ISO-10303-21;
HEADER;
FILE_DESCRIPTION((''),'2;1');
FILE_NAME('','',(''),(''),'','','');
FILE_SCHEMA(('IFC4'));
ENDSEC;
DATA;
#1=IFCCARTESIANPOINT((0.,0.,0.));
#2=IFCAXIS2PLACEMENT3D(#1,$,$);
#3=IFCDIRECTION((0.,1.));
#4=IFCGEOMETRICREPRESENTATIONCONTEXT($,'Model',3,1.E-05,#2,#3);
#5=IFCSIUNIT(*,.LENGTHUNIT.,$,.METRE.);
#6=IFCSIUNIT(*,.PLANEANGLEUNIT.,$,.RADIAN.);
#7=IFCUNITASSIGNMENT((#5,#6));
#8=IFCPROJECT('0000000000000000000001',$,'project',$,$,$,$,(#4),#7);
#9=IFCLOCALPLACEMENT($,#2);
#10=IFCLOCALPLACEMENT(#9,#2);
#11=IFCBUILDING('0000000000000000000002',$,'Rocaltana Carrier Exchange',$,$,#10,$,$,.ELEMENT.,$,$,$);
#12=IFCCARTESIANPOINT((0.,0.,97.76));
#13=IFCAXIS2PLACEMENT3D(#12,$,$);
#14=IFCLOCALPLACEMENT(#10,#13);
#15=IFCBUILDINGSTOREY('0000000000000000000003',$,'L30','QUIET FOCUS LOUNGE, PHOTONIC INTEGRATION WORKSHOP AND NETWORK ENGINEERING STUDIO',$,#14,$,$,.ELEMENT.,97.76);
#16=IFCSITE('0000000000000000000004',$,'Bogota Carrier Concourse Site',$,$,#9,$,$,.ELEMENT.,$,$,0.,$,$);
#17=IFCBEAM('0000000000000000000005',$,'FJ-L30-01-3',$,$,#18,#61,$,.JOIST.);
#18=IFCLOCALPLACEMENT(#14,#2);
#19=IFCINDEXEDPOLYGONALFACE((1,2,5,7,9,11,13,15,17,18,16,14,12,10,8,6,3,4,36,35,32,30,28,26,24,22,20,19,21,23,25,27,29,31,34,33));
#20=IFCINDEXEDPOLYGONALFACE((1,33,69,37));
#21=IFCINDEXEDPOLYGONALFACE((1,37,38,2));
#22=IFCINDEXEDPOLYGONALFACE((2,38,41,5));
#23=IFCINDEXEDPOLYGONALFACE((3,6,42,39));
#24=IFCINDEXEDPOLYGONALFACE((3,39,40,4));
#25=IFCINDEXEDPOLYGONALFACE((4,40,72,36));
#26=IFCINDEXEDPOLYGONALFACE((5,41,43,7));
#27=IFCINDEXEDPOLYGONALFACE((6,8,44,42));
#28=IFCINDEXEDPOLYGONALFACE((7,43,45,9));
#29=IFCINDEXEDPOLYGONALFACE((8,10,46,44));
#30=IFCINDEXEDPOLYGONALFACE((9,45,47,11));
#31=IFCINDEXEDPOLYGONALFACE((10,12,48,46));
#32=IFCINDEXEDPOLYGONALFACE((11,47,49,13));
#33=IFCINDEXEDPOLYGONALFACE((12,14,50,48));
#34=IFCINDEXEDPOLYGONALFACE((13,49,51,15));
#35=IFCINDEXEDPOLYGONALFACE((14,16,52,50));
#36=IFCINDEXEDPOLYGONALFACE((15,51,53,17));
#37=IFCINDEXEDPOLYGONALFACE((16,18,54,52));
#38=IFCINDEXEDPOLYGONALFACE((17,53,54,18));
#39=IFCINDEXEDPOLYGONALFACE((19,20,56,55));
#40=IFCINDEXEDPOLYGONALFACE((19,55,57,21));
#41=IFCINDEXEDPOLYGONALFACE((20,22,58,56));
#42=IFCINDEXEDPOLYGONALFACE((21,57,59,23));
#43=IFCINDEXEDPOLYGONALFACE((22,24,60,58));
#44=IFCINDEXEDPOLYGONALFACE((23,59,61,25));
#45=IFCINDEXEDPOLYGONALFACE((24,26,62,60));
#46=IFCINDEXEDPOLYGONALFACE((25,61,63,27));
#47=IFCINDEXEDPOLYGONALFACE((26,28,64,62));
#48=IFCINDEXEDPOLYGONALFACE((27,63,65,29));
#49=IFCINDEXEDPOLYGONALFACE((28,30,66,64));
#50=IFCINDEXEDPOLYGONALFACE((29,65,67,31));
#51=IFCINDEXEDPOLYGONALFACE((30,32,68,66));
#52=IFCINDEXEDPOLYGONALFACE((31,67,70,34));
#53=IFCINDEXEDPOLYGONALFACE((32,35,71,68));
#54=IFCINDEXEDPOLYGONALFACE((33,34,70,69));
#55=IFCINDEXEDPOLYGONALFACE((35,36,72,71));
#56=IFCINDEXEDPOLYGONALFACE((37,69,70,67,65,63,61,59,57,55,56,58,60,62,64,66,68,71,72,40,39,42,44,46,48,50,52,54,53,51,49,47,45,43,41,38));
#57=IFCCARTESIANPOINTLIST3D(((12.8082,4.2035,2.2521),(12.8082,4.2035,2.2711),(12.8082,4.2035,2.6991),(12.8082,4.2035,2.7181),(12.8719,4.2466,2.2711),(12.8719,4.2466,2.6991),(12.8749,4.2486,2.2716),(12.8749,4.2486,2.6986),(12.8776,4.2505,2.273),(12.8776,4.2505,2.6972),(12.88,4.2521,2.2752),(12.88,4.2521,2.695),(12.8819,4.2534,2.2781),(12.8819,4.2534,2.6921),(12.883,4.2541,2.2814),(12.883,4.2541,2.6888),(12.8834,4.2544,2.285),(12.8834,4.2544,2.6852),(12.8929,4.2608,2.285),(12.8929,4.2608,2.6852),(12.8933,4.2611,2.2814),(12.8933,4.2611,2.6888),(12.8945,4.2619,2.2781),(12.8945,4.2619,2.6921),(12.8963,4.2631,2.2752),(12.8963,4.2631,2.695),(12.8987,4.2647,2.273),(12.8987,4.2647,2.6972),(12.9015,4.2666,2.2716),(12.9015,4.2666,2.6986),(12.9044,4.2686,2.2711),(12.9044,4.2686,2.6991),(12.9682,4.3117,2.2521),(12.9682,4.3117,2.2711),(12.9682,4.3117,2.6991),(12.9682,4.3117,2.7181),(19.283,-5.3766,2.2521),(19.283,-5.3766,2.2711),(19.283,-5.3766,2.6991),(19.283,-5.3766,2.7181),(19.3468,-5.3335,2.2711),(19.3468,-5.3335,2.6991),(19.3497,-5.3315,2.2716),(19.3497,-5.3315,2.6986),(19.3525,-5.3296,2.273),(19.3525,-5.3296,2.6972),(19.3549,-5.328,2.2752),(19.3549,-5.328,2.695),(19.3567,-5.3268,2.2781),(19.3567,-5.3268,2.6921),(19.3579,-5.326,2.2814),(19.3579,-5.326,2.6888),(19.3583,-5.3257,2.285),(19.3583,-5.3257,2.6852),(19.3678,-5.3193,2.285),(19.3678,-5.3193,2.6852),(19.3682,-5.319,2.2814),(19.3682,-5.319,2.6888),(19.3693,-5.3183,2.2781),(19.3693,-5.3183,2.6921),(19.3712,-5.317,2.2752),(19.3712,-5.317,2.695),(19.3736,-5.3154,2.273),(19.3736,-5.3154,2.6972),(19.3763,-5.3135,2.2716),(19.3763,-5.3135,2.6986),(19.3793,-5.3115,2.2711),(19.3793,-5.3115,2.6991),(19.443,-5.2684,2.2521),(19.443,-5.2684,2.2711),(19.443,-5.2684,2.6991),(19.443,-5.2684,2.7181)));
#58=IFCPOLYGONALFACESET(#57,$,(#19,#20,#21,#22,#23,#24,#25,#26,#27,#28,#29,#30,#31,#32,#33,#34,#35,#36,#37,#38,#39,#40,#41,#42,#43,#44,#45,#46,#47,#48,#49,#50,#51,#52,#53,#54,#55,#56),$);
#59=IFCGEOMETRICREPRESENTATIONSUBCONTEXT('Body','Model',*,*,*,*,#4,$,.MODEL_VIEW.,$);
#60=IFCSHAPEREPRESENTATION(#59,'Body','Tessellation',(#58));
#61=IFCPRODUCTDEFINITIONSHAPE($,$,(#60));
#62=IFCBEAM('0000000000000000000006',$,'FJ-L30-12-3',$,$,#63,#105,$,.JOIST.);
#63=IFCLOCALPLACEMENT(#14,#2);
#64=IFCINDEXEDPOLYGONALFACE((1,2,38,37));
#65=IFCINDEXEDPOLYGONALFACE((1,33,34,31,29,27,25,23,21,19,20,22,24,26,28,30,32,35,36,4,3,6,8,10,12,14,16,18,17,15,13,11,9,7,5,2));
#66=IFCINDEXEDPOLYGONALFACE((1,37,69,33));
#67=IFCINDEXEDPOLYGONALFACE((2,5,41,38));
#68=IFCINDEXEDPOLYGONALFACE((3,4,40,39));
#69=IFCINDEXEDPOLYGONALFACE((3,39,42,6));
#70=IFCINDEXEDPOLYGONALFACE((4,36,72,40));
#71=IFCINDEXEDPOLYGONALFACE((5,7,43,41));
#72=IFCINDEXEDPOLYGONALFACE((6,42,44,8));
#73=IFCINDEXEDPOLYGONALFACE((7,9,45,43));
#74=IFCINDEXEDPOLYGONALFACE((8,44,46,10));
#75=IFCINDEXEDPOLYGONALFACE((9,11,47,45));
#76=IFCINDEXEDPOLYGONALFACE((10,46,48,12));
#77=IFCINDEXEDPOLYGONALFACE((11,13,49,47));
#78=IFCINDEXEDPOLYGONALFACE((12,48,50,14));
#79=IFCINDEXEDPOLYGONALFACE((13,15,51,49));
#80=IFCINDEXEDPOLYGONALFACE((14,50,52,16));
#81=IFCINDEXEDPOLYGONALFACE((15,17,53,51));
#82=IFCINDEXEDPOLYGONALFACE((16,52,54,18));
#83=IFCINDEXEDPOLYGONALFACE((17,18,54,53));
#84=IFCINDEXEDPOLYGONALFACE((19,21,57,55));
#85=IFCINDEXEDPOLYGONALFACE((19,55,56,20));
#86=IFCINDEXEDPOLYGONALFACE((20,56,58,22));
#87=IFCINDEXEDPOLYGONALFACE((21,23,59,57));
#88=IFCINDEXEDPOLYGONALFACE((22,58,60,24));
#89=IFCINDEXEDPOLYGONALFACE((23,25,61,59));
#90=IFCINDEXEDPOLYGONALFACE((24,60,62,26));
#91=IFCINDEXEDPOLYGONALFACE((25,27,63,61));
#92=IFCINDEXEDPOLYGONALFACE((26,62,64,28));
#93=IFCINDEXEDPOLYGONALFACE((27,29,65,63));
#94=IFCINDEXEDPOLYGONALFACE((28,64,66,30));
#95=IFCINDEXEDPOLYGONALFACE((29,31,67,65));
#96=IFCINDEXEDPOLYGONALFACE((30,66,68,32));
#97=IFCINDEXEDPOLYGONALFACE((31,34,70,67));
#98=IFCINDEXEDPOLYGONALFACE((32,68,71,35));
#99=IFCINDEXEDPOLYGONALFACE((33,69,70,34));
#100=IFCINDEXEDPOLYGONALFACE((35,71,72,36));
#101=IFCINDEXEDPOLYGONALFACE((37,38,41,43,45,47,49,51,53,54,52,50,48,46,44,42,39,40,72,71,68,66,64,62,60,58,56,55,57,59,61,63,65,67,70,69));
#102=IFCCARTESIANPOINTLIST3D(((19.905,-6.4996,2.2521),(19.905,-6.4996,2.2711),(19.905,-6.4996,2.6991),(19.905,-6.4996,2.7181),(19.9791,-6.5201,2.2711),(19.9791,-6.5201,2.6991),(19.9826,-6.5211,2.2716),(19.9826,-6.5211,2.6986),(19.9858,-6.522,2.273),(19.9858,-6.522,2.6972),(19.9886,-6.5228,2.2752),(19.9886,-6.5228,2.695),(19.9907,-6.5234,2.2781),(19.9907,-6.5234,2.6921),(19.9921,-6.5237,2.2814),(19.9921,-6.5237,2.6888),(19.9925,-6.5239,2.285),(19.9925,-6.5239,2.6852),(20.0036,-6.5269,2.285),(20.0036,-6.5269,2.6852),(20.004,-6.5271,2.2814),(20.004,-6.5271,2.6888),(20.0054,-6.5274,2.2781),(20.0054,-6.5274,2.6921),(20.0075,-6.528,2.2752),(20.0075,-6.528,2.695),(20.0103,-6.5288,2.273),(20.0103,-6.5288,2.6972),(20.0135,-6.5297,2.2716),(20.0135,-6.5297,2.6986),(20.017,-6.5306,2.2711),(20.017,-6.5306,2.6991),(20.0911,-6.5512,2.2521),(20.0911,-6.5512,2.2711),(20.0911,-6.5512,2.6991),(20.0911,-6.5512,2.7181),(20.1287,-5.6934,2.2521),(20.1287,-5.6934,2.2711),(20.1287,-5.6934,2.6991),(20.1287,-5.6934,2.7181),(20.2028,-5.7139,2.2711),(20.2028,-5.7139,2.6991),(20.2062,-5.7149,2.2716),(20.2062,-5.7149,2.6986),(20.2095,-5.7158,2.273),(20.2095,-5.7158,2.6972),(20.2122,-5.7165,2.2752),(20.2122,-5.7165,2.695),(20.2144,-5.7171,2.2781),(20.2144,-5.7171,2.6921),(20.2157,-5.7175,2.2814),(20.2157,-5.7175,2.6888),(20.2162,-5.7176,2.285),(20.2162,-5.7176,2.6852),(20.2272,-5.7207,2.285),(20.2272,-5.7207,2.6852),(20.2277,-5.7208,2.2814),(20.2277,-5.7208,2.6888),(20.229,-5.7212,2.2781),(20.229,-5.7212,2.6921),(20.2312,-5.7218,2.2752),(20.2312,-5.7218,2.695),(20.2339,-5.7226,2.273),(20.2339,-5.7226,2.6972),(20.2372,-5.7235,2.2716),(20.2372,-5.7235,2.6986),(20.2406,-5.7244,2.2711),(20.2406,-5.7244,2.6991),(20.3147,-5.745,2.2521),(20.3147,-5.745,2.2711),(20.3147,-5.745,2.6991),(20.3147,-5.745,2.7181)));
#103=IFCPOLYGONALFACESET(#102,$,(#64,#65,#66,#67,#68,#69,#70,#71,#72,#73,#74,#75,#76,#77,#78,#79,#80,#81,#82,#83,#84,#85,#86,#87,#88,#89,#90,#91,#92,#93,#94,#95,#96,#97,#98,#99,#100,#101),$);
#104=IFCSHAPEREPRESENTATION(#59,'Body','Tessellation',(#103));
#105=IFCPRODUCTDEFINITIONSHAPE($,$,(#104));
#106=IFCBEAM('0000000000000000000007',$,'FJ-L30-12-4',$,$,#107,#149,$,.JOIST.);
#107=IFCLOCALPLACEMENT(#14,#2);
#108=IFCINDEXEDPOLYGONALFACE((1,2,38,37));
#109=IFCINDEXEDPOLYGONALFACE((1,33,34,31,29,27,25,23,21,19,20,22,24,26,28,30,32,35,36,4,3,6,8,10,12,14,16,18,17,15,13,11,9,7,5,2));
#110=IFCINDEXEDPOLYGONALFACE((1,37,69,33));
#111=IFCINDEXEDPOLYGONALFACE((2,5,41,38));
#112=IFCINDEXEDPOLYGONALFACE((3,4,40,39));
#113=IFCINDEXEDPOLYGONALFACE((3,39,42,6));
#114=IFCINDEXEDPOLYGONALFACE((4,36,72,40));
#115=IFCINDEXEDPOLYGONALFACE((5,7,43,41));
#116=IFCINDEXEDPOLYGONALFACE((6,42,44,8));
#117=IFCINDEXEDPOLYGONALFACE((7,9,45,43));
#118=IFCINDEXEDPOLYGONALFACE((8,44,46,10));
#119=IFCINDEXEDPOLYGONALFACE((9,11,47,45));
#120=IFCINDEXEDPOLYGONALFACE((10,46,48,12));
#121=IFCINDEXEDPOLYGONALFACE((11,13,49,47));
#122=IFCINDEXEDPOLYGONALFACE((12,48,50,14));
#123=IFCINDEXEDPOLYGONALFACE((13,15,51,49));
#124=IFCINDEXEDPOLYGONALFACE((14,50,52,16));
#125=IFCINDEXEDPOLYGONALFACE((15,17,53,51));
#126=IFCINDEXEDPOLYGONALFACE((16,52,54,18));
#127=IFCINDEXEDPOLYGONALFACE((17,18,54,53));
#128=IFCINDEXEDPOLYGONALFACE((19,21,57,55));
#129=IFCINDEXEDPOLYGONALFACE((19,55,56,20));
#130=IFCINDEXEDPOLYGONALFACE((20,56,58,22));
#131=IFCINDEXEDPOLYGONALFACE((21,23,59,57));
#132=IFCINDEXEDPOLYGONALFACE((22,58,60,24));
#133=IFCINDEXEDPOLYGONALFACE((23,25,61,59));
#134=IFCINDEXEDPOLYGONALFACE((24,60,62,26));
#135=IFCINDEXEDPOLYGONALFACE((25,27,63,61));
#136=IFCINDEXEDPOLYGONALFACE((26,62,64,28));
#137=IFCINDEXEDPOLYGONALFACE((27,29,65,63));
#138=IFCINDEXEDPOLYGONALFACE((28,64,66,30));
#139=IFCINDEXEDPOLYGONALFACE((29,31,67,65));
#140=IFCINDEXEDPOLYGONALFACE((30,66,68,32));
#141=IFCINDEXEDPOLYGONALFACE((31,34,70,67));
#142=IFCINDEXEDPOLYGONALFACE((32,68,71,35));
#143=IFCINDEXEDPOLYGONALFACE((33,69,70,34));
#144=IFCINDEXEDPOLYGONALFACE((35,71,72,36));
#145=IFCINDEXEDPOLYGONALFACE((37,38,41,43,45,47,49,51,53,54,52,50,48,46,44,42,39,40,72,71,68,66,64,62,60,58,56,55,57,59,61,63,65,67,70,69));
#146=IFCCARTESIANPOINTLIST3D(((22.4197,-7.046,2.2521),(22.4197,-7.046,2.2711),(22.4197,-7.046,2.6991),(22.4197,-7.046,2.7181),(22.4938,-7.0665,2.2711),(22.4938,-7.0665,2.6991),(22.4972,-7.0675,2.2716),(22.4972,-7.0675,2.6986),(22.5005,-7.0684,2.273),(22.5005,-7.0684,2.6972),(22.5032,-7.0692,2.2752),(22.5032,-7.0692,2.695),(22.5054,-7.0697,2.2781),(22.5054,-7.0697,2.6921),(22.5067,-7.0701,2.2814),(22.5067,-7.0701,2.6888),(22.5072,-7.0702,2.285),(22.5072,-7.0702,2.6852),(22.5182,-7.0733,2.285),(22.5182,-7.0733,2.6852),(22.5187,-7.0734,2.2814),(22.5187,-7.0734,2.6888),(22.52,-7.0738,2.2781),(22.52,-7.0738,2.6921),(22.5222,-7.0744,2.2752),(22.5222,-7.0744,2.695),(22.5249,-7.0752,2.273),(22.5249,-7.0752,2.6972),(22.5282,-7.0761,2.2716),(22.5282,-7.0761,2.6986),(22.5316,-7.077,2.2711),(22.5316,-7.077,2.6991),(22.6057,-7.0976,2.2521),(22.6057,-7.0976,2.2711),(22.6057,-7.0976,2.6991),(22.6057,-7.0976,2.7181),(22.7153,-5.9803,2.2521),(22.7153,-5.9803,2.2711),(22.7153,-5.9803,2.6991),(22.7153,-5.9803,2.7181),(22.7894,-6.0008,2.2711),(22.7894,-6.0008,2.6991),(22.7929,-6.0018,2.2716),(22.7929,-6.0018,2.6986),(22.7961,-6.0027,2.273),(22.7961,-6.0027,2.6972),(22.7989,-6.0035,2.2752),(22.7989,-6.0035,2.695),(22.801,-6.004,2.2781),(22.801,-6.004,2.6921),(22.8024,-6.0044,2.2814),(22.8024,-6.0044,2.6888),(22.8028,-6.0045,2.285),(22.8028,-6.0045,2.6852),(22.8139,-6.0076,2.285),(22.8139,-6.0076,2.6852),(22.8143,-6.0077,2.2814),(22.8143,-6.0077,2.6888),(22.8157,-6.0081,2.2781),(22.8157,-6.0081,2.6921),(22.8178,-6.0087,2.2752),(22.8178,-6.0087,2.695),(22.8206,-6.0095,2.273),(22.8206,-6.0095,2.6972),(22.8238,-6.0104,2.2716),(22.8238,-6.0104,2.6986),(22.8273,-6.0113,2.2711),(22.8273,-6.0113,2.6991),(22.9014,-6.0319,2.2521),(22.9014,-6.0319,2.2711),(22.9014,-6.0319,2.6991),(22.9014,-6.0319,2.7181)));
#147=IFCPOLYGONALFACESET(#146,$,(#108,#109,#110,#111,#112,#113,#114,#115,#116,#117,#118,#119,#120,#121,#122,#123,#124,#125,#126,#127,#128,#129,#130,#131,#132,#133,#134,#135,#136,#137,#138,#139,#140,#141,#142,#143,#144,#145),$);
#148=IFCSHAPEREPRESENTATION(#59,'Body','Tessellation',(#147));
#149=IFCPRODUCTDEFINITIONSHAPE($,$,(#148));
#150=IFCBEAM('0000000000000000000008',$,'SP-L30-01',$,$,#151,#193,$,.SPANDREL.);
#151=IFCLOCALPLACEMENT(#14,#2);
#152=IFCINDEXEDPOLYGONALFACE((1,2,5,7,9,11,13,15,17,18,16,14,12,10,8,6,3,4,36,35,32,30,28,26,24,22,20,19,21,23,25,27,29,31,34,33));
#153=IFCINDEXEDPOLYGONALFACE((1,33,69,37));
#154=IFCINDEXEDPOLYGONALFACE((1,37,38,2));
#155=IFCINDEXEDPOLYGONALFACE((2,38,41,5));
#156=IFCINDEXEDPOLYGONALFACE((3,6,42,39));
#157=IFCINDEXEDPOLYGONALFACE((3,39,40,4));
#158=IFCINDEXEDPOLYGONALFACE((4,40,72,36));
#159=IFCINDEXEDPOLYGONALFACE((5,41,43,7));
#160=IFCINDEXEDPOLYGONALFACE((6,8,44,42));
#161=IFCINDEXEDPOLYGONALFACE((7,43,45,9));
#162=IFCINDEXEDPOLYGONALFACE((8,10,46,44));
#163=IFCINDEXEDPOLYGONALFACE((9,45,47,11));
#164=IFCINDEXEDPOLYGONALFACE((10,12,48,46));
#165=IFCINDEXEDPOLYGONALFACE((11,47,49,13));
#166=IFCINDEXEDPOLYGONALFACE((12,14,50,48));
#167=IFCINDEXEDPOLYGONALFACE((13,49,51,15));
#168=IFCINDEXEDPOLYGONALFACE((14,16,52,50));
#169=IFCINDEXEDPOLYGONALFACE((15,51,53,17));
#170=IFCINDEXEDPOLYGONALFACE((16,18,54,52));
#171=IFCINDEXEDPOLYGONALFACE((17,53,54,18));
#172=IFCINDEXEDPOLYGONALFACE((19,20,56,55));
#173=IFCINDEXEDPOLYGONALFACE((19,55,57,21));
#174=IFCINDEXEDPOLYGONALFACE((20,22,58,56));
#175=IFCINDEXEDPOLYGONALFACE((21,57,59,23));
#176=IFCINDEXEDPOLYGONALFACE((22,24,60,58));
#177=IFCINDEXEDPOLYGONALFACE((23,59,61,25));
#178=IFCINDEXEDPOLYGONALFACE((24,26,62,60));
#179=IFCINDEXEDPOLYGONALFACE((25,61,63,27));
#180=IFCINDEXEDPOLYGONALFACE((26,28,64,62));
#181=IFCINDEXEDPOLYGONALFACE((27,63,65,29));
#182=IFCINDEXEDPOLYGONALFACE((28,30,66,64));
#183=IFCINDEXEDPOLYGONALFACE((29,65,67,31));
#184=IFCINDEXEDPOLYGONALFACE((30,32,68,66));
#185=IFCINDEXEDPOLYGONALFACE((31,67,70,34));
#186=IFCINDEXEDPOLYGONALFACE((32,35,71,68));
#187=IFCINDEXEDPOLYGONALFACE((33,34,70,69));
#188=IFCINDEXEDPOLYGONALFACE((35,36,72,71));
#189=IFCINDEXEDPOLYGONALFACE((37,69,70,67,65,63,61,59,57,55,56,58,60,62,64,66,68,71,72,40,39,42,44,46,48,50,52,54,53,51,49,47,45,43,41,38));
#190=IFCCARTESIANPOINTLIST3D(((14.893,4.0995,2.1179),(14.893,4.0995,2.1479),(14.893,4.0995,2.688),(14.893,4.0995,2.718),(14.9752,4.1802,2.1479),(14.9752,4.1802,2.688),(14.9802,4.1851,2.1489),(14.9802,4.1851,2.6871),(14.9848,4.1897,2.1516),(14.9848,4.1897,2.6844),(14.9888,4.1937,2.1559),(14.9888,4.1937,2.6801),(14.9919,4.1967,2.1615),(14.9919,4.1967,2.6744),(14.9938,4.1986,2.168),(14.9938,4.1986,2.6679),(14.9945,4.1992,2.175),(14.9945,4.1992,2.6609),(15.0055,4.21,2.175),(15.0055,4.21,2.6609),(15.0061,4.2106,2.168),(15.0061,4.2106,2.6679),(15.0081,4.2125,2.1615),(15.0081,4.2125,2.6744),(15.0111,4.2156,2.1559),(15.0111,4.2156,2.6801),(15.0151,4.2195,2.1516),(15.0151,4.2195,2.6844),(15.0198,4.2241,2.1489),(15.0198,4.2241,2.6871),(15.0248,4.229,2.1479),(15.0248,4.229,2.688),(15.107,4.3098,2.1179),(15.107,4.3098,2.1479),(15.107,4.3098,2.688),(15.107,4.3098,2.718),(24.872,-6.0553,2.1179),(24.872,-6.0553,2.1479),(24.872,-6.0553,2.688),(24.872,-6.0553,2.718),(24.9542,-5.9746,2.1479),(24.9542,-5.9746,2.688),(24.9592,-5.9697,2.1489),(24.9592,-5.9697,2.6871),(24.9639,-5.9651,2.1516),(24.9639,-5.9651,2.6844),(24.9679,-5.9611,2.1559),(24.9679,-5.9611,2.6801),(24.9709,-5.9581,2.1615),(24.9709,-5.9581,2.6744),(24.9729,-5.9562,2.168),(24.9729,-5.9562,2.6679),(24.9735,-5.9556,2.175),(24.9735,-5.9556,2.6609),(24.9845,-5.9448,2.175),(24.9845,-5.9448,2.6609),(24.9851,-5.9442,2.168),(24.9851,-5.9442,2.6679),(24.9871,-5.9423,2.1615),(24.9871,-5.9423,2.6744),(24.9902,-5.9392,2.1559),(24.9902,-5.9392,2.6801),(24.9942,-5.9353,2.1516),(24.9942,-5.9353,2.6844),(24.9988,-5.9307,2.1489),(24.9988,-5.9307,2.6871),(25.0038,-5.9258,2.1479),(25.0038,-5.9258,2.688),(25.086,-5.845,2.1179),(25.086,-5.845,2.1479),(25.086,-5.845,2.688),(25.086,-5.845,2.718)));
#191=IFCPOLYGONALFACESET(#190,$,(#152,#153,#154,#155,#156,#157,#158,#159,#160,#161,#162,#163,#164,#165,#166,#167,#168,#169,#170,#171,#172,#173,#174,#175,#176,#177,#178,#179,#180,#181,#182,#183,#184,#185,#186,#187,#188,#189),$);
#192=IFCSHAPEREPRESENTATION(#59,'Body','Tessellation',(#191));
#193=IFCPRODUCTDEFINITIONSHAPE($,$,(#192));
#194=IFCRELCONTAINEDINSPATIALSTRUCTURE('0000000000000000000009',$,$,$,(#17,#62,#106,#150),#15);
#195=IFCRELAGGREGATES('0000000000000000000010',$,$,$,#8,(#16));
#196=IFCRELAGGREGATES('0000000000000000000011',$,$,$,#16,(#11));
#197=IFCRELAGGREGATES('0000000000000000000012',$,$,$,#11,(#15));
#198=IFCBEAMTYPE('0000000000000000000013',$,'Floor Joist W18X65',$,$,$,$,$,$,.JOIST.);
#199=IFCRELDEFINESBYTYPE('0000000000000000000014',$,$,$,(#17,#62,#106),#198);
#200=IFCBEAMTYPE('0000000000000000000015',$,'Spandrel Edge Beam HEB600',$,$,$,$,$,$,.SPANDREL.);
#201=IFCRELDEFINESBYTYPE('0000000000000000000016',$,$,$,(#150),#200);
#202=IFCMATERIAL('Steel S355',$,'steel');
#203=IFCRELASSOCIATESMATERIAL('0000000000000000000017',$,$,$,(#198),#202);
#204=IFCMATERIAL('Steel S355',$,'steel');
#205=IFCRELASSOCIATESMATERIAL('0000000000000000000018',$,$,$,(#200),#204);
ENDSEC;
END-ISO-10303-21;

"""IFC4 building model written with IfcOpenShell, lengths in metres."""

from ifc_helpers import new_model, si_unit, direction, frame, origin, origin_2d, place, context, subcontext, project, spatial, i_section, extrude, material, material_profile, profile_set, type_object, element, save


model = new_model("IFC4")

# Units and contexts
model_context = context("Model", 3, precision=1e-05, world=origin(), true_north=direction((0.0, 1.0)))
body_context = subcontext(model_context, "Body", "Model", "MODEL_VIEW")
ifc_project = project(units=[si_unit("LENGTHUNIT", "METRE"), si_unit("PLANEANGLEUNIT", "RADIAN")], contexts=[model_context])

# Site, building, storey
site_placement = place(None, origin())
site = spatial("IfcSite", under=ifc_project, at=site_placement, Name="Bogota Carrier Concourse Site", CompositionType="ELEMENT", RefElevation=0.0)
building_placement = place(site_placement, origin())
building = spatial("IfcBuilding", under=site, at=building_placement, Name="Rocaltana Carrier Exchange", CompositionType="ELEMENT")
storey_placement = place(building_placement, frame((0.0, 0.0, 97.76)))
storey = spatial("IfcBuildingStorey", under=building, at=storey_placement, Name="L30", Description="QUIET FOCUS LOUNGE, PHOTONIC INTEGRATION WORKSHOP AND NETWORK ENGINEERING STUDIO", CompositionType="ELEMENT", Elevation=97.76)

# Beams
ifc_material_1 = material(Name="Steel S355", Category="steel")
ifc_material_profile_1 = material_profile(ifc_material_1, i_section(OverallWidth=0.1931, OverallDepth=0.4661, WebThickness=0.0115, FlangeThickness=0.019, FilletRadius=0.0139, at=origin_2d()), Name="W18X65")
ifc_profile_set_1 = profile_set([ifc_material_profile_1], Name="Steel S355")
beam_type_1 = type_object("IfcBeamType", Name="Floor Joist W18X65", PredefinedType="JOIST", material=ifc_profile_set_1)
beam_1_placement = place(storey_placement, frame((19.363, -5.3225, 2.4851), z_axis=(-0.559966, 0.828516, 0.0), x_axis=(-0.828516, -0.559966, 0.0)))
element("IfcBeam", 1, at=beam_1_placement, inside=storey, type_object=beam_type_1, Name="FJ-L30-01-3", PredefinedType="JOIST", context=body_context, shape_type="SweptSolid", body=[
    extrude(i_section(OverallWidth=0.1931, OverallDepth=0.4661, WebThickness=0.0115, FlangeThickness=0.019, FilletRadius=0.0139, at=origin_2d()), origin(), (0.0, 0.0, 1.0), 11.563),
])
beam_2_placement = place(storey_placement, frame((19.998, -6.5254, 2.4851), z_axis=(0.267313, 0.96361, 0.0), x_axis=(-0.96361, 0.267313, 0.0)))
element("IfcBeam", 2, at=beam_2_placement, inside=storey, type_object=beam_type_1, Name="FJ-L30-12-3", PredefinedType="JOIST", context=body_context, shape_type="SweptSolid", body=[
    extrude(i_section(OverallWidth=0.1931, OverallDepth=0.4661, WebThickness=0.0115, FlangeThickness=0.019, FilletRadius=0.0139, at=origin_2d()), origin(), (0.0, 0.0, 1.0), 0.8367),
])
beam_3_placement = place(storey_placement, frame((22.5127, -7.0718, 2.4851), z_axis=(0.267336, 0.963603, 0.0), x_axis=(-0.963603, 0.267336, 0.0)))
element("IfcBeam", 3, at=beam_3_placement, inside=storey, type_object=beam_type_1, Name="FJ-L30-12-4", PredefinedType="JOIST", context=body_context, shape_type="SweptSolid", body=[
    extrude(i_section(OverallWidth=0.1931, OverallDepth=0.4661, WebThickness=0.0115, FlangeThickness=0.019, FilletRadius=0.0139, at=origin_2d()), origin(), (0.0, 0.0, 1.0), 1.106),
])
ifc_material_2 = material(Name="Steel S355", Category="steel")
ifc_material_profile_2 = material_profile(ifc_material_2, i_section(OverallWidth=0.3, OverallDepth=0.6001, WebThickness=0.0154, FlangeThickness=0.03, FilletRadius=0.0271, at=origin_2d()), Name="HEB600")
ifc_profile_set_2 = profile_set([ifc_material_profile_2], Name="Steel S355")
beam_type_2 = type_object("IfcBeamType", Name="Spandrel Edge Beam HEB600", PredefinedType="SPANDREL", material=ifc_profile_set_2)
beam_4_placement = place(storey_placement, frame((24.979, -5.9502, 2.418), z_axis=(-0.700907, 0.713253, 0.0), x_axis=(-0.713253, -0.700907, 0.0)))
element("IfcBeam", 4, at=beam_4_placement, inside=storey, type_object=beam_type_2, Name="SP-L30-01", PredefinedType="SPANDREL", context=body_context, shape_type="SweptSolid", body=[
    extrude(i_section(OverallWidth=0.3, OverallDepth=0.6001, WebThickness=0.0154, FlangeThickness=0.03, FilletRadius=0.0271, at=origin_2d()), origin(), (0.0, 0.0, 1.0), 14.2373),
])

save(model, "model.ifc")
